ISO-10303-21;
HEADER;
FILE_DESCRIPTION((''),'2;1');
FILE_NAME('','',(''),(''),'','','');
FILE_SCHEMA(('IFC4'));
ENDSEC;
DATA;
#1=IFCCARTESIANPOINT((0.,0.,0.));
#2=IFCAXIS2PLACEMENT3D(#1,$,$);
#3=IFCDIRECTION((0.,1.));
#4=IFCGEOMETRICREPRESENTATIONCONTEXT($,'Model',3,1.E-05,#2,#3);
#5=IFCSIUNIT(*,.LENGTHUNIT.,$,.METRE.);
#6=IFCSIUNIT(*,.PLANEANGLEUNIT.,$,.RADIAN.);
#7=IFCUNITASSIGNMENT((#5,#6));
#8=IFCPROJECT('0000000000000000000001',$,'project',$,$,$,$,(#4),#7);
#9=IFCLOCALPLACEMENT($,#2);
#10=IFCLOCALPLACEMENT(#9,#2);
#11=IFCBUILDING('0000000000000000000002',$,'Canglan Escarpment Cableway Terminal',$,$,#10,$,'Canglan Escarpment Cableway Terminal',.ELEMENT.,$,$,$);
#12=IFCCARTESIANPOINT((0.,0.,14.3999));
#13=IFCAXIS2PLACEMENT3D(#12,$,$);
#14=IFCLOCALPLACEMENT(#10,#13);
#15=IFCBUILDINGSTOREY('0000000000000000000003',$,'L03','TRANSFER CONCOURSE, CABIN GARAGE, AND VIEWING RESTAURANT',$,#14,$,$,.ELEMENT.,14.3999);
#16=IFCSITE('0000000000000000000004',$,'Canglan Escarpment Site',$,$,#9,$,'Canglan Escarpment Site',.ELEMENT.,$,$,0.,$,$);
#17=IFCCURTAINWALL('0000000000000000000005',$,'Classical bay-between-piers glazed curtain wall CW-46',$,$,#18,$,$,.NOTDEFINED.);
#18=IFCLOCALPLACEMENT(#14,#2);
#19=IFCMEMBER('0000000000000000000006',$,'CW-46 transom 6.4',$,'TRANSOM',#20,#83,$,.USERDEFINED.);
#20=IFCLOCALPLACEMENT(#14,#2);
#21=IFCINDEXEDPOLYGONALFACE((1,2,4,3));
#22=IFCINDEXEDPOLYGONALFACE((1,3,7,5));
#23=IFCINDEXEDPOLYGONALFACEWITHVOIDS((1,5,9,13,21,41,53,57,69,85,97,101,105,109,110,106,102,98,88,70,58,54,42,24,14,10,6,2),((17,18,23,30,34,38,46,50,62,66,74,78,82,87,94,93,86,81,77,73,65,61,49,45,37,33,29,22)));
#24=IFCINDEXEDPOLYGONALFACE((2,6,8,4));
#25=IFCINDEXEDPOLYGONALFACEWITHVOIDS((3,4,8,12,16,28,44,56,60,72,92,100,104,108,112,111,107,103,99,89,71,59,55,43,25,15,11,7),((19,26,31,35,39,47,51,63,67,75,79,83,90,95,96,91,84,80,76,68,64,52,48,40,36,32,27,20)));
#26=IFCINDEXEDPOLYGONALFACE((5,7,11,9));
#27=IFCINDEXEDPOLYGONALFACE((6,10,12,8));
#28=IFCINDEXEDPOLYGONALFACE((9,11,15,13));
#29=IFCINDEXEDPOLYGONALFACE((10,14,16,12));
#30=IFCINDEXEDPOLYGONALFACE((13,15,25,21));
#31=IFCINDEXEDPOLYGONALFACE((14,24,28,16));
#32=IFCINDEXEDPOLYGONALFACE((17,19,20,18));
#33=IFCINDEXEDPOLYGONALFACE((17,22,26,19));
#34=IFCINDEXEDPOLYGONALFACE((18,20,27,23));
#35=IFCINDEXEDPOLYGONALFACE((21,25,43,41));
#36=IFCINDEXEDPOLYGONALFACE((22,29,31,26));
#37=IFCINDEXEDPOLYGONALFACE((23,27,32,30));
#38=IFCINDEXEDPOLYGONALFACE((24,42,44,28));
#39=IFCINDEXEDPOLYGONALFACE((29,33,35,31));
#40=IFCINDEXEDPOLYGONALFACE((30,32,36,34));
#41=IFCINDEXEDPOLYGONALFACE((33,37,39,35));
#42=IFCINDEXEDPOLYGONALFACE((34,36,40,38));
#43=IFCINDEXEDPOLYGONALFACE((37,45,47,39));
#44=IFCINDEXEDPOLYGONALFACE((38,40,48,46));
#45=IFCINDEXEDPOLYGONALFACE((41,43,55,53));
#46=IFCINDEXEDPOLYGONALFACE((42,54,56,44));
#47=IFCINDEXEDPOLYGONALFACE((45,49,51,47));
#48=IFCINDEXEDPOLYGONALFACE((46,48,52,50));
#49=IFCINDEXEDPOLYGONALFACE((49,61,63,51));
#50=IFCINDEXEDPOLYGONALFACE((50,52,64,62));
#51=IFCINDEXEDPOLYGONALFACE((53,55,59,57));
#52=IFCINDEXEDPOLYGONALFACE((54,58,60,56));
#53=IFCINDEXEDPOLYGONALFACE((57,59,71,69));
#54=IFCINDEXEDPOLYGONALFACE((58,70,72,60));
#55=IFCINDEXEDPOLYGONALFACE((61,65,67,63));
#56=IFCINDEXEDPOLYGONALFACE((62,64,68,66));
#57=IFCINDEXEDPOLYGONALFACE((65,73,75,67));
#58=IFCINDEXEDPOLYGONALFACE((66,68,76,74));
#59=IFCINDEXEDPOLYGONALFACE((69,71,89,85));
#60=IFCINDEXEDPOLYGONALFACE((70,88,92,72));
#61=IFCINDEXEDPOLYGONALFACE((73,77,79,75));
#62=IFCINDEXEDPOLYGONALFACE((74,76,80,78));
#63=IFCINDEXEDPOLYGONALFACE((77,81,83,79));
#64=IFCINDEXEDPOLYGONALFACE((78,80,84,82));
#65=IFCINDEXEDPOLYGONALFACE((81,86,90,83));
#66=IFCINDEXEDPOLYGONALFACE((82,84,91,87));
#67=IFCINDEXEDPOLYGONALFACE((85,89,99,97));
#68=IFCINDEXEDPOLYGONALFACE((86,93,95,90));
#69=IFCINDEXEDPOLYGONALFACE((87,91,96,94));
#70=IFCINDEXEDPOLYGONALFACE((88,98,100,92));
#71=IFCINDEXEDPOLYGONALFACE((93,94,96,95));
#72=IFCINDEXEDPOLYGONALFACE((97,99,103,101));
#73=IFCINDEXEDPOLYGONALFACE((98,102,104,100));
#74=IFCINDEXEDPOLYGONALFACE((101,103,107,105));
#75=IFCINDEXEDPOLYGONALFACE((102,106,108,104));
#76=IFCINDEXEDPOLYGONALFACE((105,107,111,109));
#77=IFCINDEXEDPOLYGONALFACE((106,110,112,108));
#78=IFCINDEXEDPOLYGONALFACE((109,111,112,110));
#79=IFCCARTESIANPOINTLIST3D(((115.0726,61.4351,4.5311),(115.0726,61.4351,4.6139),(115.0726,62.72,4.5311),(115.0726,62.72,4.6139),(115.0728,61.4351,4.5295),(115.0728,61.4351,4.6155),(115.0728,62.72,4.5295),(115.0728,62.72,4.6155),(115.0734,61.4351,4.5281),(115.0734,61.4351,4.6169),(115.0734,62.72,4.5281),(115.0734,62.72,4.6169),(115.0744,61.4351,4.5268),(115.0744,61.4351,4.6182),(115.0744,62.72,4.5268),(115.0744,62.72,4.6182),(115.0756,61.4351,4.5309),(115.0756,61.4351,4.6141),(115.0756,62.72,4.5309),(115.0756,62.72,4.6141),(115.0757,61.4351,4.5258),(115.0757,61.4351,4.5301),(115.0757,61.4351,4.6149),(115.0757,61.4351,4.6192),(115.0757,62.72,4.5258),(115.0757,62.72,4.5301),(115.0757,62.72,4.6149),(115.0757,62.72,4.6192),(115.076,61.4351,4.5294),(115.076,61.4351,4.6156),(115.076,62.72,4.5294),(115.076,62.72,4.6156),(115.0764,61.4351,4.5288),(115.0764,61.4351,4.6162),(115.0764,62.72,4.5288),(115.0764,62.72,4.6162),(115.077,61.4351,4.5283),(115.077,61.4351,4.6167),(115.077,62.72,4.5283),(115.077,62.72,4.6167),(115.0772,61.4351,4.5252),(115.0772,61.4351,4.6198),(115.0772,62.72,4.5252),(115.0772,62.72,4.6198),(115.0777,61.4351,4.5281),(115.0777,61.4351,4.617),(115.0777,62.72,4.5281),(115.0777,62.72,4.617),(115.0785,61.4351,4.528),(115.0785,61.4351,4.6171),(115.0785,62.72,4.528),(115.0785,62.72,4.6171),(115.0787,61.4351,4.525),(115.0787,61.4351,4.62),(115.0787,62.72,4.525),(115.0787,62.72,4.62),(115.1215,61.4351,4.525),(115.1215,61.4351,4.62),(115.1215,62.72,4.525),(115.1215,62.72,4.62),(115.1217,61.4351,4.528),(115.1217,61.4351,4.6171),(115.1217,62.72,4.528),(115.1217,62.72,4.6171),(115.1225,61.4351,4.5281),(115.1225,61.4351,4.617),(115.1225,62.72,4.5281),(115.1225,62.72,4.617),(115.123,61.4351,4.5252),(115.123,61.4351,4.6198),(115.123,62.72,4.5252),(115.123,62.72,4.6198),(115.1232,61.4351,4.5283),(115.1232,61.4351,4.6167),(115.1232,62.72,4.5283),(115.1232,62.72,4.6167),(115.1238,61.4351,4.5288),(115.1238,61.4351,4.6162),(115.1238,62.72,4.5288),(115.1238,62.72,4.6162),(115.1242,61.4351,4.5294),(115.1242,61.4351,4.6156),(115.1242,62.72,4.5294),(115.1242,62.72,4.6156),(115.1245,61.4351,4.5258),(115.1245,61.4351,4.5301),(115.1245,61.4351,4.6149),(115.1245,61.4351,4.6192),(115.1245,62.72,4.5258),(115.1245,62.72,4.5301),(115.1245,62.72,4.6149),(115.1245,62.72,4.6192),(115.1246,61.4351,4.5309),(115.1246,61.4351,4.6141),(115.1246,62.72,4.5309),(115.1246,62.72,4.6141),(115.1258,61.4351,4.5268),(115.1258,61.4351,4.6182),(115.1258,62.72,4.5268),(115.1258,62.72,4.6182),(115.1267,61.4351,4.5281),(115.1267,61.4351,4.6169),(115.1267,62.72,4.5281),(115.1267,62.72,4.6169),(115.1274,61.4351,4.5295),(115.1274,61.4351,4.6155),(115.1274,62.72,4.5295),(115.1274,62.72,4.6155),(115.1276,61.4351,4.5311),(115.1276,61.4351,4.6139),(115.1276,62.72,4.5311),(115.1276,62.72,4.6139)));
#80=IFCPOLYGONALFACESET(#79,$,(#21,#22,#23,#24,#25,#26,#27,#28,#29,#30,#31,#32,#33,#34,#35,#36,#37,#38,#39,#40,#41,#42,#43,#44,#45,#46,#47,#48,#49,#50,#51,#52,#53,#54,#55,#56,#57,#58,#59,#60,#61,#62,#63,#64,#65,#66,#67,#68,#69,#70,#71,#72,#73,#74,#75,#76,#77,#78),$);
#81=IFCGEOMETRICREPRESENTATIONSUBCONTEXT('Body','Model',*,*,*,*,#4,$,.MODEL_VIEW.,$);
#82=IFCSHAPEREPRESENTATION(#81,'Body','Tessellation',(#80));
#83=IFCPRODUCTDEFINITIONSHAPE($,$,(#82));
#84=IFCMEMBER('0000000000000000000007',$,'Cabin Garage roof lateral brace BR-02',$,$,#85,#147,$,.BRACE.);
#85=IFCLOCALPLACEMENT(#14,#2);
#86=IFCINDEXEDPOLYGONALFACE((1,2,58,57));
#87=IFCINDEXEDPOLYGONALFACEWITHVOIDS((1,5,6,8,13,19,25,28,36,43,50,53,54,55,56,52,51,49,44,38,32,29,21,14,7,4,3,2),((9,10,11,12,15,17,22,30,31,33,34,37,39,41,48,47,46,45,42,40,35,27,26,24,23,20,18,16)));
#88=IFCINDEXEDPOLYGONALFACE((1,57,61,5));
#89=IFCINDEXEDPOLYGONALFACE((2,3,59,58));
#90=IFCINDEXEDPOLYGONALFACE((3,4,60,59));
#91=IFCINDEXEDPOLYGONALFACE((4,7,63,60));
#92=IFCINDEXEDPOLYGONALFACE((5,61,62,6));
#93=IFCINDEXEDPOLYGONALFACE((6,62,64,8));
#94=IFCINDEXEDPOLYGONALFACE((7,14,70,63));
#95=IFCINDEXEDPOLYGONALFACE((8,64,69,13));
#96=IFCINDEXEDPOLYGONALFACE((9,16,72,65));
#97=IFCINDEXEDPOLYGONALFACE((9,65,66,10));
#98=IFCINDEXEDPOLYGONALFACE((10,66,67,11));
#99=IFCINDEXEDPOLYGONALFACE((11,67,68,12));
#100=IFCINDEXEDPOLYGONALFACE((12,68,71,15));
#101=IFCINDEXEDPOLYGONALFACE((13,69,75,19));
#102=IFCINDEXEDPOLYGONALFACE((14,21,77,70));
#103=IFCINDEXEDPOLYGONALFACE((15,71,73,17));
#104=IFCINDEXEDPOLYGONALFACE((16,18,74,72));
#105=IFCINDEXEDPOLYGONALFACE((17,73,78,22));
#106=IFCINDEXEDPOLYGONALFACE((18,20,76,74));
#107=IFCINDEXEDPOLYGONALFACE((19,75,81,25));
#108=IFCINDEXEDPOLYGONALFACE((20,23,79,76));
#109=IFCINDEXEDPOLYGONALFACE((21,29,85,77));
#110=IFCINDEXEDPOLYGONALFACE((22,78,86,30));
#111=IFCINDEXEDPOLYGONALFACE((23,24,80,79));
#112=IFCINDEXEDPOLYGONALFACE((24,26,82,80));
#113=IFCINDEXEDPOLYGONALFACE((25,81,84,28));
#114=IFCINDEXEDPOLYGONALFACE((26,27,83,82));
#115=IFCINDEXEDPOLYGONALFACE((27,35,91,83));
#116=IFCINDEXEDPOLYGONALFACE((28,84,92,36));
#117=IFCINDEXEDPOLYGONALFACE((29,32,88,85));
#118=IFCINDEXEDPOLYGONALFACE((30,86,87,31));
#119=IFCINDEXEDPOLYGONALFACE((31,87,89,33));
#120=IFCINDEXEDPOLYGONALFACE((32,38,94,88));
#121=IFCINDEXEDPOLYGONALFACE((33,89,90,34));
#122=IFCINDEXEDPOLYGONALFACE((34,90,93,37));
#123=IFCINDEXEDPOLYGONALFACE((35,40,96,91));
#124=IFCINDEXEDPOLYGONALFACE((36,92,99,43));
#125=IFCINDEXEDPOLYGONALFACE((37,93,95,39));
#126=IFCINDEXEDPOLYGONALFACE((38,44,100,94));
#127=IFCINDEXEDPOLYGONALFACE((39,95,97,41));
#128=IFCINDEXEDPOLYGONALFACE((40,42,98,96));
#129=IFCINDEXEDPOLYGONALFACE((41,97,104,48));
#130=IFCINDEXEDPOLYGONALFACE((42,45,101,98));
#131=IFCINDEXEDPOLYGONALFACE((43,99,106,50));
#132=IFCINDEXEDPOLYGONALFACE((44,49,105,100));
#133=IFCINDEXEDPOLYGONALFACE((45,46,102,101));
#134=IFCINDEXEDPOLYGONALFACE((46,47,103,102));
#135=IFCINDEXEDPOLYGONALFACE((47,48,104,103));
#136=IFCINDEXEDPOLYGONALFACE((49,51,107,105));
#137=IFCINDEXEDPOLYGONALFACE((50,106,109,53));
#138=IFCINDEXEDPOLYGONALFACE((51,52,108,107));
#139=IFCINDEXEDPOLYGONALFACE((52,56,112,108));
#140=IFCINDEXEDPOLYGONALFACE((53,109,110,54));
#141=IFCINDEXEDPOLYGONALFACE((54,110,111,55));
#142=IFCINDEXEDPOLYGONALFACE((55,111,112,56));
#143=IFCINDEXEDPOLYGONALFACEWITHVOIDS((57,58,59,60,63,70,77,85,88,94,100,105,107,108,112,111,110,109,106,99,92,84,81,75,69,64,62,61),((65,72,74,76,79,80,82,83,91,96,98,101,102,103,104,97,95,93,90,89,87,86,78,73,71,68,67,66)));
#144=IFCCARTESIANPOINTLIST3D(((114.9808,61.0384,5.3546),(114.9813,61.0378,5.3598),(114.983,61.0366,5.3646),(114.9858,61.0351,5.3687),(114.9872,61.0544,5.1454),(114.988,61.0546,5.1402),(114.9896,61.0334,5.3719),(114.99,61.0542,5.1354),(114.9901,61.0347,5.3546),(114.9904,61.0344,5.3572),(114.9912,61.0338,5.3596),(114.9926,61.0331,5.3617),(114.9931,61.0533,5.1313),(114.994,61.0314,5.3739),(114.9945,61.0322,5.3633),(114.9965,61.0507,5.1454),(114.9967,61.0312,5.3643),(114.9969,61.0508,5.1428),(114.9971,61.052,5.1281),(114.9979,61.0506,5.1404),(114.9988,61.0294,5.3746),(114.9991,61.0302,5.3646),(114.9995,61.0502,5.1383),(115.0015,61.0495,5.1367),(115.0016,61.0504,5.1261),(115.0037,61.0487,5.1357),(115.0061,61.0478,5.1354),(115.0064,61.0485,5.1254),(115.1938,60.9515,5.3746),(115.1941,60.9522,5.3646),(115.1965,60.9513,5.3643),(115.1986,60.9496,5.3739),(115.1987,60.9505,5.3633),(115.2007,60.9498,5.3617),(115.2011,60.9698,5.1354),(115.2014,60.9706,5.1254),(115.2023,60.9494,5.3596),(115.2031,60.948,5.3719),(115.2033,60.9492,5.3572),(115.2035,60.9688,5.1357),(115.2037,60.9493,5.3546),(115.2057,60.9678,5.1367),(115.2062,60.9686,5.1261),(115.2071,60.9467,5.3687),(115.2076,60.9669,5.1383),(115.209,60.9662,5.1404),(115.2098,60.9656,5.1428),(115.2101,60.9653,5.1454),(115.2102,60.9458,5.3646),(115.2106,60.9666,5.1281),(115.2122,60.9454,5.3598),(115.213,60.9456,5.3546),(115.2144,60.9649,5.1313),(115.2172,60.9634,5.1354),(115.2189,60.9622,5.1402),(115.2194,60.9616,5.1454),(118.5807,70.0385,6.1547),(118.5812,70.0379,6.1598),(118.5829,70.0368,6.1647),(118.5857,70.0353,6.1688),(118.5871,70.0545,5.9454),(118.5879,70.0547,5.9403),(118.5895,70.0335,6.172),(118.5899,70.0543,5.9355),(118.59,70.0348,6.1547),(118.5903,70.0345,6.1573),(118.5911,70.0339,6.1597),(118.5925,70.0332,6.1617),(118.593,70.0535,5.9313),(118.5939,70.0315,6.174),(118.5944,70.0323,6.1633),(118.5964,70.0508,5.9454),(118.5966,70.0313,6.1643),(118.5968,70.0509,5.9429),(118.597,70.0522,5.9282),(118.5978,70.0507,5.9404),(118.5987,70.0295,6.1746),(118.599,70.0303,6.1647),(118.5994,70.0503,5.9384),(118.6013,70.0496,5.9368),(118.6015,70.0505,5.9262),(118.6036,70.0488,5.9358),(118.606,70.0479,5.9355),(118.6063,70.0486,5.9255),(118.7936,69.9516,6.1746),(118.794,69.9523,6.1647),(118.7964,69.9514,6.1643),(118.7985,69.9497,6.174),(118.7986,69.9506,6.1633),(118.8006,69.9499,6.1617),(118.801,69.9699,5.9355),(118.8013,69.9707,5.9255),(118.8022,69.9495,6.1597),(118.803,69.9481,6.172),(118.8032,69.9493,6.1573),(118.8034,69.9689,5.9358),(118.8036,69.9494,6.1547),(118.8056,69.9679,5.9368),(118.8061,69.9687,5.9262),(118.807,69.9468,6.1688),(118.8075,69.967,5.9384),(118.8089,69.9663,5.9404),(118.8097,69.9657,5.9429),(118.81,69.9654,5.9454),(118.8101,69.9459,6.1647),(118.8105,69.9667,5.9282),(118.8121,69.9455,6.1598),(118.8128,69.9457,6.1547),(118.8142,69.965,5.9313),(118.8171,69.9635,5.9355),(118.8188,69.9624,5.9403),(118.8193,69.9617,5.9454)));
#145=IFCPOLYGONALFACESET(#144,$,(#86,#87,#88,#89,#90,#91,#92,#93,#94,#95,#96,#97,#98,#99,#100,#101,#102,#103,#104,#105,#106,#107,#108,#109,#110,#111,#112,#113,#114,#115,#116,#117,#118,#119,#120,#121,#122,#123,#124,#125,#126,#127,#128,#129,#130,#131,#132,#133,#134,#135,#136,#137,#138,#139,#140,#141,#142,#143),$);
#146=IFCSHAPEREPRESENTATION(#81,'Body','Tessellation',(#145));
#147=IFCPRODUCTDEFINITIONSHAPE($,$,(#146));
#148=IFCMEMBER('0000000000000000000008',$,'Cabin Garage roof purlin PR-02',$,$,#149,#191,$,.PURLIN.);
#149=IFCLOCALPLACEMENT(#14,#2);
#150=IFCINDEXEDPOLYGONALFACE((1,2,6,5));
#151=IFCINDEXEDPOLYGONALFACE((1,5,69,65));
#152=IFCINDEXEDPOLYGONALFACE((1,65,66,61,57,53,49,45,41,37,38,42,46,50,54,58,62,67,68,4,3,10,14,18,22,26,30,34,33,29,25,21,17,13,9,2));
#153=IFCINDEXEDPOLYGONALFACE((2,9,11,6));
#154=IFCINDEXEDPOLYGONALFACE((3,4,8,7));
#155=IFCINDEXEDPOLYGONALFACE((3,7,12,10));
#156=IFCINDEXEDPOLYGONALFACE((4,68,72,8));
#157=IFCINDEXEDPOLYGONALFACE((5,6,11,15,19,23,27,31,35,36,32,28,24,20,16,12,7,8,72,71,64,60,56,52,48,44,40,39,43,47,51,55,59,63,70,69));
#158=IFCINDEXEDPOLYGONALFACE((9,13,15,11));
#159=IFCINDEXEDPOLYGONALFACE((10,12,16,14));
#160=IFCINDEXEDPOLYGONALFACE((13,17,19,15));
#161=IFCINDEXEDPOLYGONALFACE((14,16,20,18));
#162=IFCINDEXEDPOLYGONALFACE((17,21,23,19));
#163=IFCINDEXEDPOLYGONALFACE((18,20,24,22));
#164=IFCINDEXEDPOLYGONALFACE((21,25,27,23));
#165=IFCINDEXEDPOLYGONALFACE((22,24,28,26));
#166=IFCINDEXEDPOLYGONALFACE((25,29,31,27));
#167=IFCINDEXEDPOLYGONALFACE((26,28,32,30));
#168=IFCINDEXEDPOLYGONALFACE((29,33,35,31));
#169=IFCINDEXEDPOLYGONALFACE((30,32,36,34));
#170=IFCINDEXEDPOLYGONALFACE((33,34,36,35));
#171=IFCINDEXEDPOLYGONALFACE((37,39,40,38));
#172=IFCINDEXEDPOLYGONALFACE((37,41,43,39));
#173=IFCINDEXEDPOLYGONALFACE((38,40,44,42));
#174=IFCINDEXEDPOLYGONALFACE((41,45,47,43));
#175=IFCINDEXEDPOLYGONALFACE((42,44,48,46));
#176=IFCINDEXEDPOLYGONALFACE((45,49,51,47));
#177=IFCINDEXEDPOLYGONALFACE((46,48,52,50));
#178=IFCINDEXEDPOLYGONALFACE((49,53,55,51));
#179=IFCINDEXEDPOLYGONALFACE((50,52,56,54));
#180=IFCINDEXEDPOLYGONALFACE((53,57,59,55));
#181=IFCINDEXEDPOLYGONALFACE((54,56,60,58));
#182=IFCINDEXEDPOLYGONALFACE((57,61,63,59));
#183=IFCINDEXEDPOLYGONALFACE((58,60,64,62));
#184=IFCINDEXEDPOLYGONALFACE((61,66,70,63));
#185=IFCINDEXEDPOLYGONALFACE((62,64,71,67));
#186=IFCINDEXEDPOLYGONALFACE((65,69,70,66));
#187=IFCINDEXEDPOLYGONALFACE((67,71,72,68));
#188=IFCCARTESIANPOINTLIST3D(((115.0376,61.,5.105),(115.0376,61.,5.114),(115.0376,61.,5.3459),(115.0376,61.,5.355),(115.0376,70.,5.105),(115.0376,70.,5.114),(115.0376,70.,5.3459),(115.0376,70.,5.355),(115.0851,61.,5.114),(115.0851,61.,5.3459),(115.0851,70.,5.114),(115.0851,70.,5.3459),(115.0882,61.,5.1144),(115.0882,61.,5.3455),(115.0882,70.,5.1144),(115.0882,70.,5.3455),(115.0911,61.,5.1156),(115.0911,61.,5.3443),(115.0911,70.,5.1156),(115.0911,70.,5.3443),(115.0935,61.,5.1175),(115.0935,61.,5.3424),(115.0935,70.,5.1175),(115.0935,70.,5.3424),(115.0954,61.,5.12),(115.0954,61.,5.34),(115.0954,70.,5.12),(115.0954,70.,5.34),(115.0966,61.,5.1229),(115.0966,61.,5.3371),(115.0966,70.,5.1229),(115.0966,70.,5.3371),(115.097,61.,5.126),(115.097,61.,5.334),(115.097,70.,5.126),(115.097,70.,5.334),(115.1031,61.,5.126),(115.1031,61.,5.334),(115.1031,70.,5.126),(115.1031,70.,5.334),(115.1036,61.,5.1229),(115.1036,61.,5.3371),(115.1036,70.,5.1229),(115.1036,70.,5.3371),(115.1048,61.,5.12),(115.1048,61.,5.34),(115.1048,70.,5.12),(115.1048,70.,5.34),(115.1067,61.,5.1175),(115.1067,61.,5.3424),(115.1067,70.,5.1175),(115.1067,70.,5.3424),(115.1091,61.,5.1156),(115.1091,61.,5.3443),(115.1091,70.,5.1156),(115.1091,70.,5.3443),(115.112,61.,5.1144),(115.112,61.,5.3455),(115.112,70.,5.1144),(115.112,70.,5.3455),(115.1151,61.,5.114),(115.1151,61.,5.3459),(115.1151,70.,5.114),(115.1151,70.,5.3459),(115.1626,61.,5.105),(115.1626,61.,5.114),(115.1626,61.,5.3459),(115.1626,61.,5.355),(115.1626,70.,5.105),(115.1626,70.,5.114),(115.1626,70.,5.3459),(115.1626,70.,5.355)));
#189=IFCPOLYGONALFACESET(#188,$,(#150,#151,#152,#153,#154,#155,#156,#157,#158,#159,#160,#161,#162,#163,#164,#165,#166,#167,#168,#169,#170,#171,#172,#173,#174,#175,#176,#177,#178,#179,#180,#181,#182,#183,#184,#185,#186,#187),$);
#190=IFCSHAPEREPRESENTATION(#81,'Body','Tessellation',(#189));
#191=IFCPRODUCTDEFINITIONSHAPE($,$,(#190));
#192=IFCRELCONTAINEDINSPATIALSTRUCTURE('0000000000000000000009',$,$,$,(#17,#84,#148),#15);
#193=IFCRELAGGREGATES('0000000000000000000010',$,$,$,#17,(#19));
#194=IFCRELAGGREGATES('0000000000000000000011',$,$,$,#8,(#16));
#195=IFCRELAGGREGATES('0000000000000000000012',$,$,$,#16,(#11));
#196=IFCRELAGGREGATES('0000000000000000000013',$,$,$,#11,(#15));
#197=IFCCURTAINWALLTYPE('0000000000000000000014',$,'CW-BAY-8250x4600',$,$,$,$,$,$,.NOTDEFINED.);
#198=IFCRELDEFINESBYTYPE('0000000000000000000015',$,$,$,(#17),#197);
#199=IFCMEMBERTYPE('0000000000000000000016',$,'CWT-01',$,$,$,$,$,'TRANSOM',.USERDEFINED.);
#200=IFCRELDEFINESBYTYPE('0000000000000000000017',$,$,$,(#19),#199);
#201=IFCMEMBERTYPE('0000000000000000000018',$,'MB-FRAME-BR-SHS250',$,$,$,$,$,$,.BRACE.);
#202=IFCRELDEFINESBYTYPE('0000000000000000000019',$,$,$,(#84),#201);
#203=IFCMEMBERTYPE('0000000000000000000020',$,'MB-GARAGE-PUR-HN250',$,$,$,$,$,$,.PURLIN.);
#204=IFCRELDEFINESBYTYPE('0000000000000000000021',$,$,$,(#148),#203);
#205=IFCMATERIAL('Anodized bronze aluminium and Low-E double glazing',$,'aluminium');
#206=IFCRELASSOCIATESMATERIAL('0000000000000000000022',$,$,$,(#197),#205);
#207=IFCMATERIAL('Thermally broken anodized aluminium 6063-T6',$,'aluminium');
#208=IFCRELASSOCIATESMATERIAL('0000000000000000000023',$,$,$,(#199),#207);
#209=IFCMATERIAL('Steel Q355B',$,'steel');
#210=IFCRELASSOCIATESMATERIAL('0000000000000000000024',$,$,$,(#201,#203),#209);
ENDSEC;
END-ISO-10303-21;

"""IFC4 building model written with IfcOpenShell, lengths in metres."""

from ifc_helpers import new_model, si_unit, direction, frame, origin, origin_2d, place, context, subcontext, project, spatial, hollow_rectangle, i_section, extrude, material, material_profile, profile_set, type_object, element, aggregate, save


model = new_model("IFC4")

# Units and contexts
model_context = context("Model", 3, precision=1e-05, world=origin(), true_north=direction((0.0, 1.0)))
body_context = subcontext(model_context, "Body", "Model", "MODEL_VIEW")
ifc_project = project(units=[si_unit("LENGTHUNIT", "METRE"), si_unit("PLANEANGLEUNIT", "RADIAN")], contexts=[model_context])

# Site, building, storey
site_placement = place(None, origin())
site = spatial("IfcSite", under=ifc_project, at=site_placement, Name="Canglan Escarpment Site", LongName="Canglan Escarpment Site", CompositionType="ELEMENT", RefElevation=0.0)
building_placement = place(site_placement, origin())
building = spatial("IfcBuilding", under=site, at=building_placement, Name="Canglan Escarpment Cableway Terminal", LongName="Canglan Escarpment Cableway Terminal", CompositionType="ELEMENT")
storey_placement = place(building_placement, frame((0.0, 0.0, 14.3999)))
storey = spatial("IfcBuildingStorey", under=building, at=storey_placement, Name="L03", Description="TRANSFER CONCOURSE, CABIN GARAGE, AND VIEWING RESTAURANT", CompositionType="ELEMENT", Elevation=14.3999)

# Shared definitions
ifc_material_1 = material(Name="Steel Q355B", Category="steel")

# Curtain wall, member
ifc_material_2 = material(Name="Anodized bronze aluminium and Low-E double glazing", Category="aluminium")
curtain_wall_type = type_object("IfcCurtainWallType", Name="CW-BAY-8250x4600", PredefinedType="NOTDEFINED", material=ifc_material_2)
curtain_wall_placement = place(storey_placement, origin())
curtain_wall = element("IfcCurtainWall", 1, at=curtain_wall_placement, inside=storey, type_object=curtain_wall_type, Name="Classical bay-between-piers glazed curtain wall CW-46", PredefinedType="NOTDEFINED")
ifc_material_3 = material(Name="Thermally broken anodized aluminium 6063-T6", Category="aluminium")
ifc_material_profile_1 = material_profile(ifc_material_3, hollow_rectangle(XDim=0.0549, YDim=0.095, WallThickness=0.0029, InnerFilletRadius=0.0029, OuterFilletRadius=0.0061, at=origin_2d()), Name="ALU-TRAN 55x95x3")
ifc_profile_set_1 = profile_set([ifc_material_profile_1], Name="Thermally broken anodized aluminium 6063-T6")
member_type_1 = type_object("IfcMemberType", Name="CWT-01", ElementType="TRANSOM", PredefinedType="USERDEFINED", material=ifc_profile_set_1)
member_1_placement = place(storey_placement, frame((115.1001, 62.72, 4.5725), z_axis=(0.0, -1.0, 0.0), x_axis=(1.0, 0.0, 0.0)))
member_1 = element("IfcMember", 2, at=member_1_placement, type_object=member_type_1, Name="CW-46 transom 6.4", ObjectType="TRANSOM", PredefinedType="USERDEFINED", context=body_context, shape_type="SweptSolid", body=[
    extrude(hollow_rectangle(XDim=0.0549, YDim=0.095, WallThickness=0.0029, InnerFilletRadius=0.0029, OuterFilletRadius=0.0061, at=origin_2d()), origin(), (0.0, 0.0, 1.0), 1.2849),
])

# Members
ifc_material_profile_2 = material_profile(ifc_material_1, hollow_rectangle(XDim=0.25, YDim=0.25, WallThickness=0.01, InnerFilletRadius=0.01, OuterFilletRadius=0.02, at=origin_2d()), Name="SHS 250x250x10")
ifc_profile_set_2 = profile_set([ifc_material_profile_2], Name="Steel Q355B")
member_type_2 = type_object("IfcMemberType", Name="MB-FRAME-BR-SHS250", PredefinedType="BRACE", material=ifc_profile_set_2)
member_2_placement = place(storey_placement, frame((115.1001, 61.0, 5.25), z_axis=(0.370119, 0.925335, 0.082257), x_axis=(-0.928482, 0.371378, 0.0)))
element("IfcMember", 3, at=member_2_placement, inside=storey, type_object=member_type_2, Name="Cabin Garage roof lateral brace BR-02", PredefinedType="BRACE", context=body_context, shape_type="SweptSolid", body=[
    extrude(hollow_rectangle(XDim=0.25, YDim=0.25, WallThickness=0.01, InnerFilletRadius=0.01, OuterFilletRadius=0.02, at=origin_2d()), origin(), (0.0, 0.0, 1.0), 9.7263),
])
ifc_material_profile_3 = material_profile(ifc_material_1, i_section(OverallWidth=0.125, OverallDepth=0.25, WebThickness=0.0061, FlangeThickness=0.009, FilletRadius=0.012, at=origin_2d()), Name="HN 250x125x6x9")
ifc_profile_set_3 = profile_set([ifc_material_profile_3], Name="Steel Q355B")
member_type_3 = type_object("IfcMemberType", Name="MB-GARAGE-PUR-HN250", PredefinedType="PURLIN", material=ifc_profile_set_3)
for number, where, z_axis, x_axis, name in (
    (4, (115.1001, 61.0, 5.23), (0.0, 1.0, 0.0), (-1.0, 0.0, 0.0), "Cabin Garage roof purlin PR-02"),
):
    element("IfcMember", number, at=place(storey_placement, frame(where, z_axis=z_axis, x_axis=x_axis)), inside=storey, type_object=member_type_3, Name=name, PredefinedType="PURLIN", context=body_context, shape_type="SweptSolid", body=[
        extrude(i_section(OverallWidth=0.125, OverallDepth=0.25, WebThickness=0.0061, FlangeThickness=0.009, FilletRadius=0.012, at=origin_2d()), origin(), (0.0, 0.0, 1.0), 9.0),
    ])

aggregate(curtain_wall, [member_1])

save(model, "model.ifc")
